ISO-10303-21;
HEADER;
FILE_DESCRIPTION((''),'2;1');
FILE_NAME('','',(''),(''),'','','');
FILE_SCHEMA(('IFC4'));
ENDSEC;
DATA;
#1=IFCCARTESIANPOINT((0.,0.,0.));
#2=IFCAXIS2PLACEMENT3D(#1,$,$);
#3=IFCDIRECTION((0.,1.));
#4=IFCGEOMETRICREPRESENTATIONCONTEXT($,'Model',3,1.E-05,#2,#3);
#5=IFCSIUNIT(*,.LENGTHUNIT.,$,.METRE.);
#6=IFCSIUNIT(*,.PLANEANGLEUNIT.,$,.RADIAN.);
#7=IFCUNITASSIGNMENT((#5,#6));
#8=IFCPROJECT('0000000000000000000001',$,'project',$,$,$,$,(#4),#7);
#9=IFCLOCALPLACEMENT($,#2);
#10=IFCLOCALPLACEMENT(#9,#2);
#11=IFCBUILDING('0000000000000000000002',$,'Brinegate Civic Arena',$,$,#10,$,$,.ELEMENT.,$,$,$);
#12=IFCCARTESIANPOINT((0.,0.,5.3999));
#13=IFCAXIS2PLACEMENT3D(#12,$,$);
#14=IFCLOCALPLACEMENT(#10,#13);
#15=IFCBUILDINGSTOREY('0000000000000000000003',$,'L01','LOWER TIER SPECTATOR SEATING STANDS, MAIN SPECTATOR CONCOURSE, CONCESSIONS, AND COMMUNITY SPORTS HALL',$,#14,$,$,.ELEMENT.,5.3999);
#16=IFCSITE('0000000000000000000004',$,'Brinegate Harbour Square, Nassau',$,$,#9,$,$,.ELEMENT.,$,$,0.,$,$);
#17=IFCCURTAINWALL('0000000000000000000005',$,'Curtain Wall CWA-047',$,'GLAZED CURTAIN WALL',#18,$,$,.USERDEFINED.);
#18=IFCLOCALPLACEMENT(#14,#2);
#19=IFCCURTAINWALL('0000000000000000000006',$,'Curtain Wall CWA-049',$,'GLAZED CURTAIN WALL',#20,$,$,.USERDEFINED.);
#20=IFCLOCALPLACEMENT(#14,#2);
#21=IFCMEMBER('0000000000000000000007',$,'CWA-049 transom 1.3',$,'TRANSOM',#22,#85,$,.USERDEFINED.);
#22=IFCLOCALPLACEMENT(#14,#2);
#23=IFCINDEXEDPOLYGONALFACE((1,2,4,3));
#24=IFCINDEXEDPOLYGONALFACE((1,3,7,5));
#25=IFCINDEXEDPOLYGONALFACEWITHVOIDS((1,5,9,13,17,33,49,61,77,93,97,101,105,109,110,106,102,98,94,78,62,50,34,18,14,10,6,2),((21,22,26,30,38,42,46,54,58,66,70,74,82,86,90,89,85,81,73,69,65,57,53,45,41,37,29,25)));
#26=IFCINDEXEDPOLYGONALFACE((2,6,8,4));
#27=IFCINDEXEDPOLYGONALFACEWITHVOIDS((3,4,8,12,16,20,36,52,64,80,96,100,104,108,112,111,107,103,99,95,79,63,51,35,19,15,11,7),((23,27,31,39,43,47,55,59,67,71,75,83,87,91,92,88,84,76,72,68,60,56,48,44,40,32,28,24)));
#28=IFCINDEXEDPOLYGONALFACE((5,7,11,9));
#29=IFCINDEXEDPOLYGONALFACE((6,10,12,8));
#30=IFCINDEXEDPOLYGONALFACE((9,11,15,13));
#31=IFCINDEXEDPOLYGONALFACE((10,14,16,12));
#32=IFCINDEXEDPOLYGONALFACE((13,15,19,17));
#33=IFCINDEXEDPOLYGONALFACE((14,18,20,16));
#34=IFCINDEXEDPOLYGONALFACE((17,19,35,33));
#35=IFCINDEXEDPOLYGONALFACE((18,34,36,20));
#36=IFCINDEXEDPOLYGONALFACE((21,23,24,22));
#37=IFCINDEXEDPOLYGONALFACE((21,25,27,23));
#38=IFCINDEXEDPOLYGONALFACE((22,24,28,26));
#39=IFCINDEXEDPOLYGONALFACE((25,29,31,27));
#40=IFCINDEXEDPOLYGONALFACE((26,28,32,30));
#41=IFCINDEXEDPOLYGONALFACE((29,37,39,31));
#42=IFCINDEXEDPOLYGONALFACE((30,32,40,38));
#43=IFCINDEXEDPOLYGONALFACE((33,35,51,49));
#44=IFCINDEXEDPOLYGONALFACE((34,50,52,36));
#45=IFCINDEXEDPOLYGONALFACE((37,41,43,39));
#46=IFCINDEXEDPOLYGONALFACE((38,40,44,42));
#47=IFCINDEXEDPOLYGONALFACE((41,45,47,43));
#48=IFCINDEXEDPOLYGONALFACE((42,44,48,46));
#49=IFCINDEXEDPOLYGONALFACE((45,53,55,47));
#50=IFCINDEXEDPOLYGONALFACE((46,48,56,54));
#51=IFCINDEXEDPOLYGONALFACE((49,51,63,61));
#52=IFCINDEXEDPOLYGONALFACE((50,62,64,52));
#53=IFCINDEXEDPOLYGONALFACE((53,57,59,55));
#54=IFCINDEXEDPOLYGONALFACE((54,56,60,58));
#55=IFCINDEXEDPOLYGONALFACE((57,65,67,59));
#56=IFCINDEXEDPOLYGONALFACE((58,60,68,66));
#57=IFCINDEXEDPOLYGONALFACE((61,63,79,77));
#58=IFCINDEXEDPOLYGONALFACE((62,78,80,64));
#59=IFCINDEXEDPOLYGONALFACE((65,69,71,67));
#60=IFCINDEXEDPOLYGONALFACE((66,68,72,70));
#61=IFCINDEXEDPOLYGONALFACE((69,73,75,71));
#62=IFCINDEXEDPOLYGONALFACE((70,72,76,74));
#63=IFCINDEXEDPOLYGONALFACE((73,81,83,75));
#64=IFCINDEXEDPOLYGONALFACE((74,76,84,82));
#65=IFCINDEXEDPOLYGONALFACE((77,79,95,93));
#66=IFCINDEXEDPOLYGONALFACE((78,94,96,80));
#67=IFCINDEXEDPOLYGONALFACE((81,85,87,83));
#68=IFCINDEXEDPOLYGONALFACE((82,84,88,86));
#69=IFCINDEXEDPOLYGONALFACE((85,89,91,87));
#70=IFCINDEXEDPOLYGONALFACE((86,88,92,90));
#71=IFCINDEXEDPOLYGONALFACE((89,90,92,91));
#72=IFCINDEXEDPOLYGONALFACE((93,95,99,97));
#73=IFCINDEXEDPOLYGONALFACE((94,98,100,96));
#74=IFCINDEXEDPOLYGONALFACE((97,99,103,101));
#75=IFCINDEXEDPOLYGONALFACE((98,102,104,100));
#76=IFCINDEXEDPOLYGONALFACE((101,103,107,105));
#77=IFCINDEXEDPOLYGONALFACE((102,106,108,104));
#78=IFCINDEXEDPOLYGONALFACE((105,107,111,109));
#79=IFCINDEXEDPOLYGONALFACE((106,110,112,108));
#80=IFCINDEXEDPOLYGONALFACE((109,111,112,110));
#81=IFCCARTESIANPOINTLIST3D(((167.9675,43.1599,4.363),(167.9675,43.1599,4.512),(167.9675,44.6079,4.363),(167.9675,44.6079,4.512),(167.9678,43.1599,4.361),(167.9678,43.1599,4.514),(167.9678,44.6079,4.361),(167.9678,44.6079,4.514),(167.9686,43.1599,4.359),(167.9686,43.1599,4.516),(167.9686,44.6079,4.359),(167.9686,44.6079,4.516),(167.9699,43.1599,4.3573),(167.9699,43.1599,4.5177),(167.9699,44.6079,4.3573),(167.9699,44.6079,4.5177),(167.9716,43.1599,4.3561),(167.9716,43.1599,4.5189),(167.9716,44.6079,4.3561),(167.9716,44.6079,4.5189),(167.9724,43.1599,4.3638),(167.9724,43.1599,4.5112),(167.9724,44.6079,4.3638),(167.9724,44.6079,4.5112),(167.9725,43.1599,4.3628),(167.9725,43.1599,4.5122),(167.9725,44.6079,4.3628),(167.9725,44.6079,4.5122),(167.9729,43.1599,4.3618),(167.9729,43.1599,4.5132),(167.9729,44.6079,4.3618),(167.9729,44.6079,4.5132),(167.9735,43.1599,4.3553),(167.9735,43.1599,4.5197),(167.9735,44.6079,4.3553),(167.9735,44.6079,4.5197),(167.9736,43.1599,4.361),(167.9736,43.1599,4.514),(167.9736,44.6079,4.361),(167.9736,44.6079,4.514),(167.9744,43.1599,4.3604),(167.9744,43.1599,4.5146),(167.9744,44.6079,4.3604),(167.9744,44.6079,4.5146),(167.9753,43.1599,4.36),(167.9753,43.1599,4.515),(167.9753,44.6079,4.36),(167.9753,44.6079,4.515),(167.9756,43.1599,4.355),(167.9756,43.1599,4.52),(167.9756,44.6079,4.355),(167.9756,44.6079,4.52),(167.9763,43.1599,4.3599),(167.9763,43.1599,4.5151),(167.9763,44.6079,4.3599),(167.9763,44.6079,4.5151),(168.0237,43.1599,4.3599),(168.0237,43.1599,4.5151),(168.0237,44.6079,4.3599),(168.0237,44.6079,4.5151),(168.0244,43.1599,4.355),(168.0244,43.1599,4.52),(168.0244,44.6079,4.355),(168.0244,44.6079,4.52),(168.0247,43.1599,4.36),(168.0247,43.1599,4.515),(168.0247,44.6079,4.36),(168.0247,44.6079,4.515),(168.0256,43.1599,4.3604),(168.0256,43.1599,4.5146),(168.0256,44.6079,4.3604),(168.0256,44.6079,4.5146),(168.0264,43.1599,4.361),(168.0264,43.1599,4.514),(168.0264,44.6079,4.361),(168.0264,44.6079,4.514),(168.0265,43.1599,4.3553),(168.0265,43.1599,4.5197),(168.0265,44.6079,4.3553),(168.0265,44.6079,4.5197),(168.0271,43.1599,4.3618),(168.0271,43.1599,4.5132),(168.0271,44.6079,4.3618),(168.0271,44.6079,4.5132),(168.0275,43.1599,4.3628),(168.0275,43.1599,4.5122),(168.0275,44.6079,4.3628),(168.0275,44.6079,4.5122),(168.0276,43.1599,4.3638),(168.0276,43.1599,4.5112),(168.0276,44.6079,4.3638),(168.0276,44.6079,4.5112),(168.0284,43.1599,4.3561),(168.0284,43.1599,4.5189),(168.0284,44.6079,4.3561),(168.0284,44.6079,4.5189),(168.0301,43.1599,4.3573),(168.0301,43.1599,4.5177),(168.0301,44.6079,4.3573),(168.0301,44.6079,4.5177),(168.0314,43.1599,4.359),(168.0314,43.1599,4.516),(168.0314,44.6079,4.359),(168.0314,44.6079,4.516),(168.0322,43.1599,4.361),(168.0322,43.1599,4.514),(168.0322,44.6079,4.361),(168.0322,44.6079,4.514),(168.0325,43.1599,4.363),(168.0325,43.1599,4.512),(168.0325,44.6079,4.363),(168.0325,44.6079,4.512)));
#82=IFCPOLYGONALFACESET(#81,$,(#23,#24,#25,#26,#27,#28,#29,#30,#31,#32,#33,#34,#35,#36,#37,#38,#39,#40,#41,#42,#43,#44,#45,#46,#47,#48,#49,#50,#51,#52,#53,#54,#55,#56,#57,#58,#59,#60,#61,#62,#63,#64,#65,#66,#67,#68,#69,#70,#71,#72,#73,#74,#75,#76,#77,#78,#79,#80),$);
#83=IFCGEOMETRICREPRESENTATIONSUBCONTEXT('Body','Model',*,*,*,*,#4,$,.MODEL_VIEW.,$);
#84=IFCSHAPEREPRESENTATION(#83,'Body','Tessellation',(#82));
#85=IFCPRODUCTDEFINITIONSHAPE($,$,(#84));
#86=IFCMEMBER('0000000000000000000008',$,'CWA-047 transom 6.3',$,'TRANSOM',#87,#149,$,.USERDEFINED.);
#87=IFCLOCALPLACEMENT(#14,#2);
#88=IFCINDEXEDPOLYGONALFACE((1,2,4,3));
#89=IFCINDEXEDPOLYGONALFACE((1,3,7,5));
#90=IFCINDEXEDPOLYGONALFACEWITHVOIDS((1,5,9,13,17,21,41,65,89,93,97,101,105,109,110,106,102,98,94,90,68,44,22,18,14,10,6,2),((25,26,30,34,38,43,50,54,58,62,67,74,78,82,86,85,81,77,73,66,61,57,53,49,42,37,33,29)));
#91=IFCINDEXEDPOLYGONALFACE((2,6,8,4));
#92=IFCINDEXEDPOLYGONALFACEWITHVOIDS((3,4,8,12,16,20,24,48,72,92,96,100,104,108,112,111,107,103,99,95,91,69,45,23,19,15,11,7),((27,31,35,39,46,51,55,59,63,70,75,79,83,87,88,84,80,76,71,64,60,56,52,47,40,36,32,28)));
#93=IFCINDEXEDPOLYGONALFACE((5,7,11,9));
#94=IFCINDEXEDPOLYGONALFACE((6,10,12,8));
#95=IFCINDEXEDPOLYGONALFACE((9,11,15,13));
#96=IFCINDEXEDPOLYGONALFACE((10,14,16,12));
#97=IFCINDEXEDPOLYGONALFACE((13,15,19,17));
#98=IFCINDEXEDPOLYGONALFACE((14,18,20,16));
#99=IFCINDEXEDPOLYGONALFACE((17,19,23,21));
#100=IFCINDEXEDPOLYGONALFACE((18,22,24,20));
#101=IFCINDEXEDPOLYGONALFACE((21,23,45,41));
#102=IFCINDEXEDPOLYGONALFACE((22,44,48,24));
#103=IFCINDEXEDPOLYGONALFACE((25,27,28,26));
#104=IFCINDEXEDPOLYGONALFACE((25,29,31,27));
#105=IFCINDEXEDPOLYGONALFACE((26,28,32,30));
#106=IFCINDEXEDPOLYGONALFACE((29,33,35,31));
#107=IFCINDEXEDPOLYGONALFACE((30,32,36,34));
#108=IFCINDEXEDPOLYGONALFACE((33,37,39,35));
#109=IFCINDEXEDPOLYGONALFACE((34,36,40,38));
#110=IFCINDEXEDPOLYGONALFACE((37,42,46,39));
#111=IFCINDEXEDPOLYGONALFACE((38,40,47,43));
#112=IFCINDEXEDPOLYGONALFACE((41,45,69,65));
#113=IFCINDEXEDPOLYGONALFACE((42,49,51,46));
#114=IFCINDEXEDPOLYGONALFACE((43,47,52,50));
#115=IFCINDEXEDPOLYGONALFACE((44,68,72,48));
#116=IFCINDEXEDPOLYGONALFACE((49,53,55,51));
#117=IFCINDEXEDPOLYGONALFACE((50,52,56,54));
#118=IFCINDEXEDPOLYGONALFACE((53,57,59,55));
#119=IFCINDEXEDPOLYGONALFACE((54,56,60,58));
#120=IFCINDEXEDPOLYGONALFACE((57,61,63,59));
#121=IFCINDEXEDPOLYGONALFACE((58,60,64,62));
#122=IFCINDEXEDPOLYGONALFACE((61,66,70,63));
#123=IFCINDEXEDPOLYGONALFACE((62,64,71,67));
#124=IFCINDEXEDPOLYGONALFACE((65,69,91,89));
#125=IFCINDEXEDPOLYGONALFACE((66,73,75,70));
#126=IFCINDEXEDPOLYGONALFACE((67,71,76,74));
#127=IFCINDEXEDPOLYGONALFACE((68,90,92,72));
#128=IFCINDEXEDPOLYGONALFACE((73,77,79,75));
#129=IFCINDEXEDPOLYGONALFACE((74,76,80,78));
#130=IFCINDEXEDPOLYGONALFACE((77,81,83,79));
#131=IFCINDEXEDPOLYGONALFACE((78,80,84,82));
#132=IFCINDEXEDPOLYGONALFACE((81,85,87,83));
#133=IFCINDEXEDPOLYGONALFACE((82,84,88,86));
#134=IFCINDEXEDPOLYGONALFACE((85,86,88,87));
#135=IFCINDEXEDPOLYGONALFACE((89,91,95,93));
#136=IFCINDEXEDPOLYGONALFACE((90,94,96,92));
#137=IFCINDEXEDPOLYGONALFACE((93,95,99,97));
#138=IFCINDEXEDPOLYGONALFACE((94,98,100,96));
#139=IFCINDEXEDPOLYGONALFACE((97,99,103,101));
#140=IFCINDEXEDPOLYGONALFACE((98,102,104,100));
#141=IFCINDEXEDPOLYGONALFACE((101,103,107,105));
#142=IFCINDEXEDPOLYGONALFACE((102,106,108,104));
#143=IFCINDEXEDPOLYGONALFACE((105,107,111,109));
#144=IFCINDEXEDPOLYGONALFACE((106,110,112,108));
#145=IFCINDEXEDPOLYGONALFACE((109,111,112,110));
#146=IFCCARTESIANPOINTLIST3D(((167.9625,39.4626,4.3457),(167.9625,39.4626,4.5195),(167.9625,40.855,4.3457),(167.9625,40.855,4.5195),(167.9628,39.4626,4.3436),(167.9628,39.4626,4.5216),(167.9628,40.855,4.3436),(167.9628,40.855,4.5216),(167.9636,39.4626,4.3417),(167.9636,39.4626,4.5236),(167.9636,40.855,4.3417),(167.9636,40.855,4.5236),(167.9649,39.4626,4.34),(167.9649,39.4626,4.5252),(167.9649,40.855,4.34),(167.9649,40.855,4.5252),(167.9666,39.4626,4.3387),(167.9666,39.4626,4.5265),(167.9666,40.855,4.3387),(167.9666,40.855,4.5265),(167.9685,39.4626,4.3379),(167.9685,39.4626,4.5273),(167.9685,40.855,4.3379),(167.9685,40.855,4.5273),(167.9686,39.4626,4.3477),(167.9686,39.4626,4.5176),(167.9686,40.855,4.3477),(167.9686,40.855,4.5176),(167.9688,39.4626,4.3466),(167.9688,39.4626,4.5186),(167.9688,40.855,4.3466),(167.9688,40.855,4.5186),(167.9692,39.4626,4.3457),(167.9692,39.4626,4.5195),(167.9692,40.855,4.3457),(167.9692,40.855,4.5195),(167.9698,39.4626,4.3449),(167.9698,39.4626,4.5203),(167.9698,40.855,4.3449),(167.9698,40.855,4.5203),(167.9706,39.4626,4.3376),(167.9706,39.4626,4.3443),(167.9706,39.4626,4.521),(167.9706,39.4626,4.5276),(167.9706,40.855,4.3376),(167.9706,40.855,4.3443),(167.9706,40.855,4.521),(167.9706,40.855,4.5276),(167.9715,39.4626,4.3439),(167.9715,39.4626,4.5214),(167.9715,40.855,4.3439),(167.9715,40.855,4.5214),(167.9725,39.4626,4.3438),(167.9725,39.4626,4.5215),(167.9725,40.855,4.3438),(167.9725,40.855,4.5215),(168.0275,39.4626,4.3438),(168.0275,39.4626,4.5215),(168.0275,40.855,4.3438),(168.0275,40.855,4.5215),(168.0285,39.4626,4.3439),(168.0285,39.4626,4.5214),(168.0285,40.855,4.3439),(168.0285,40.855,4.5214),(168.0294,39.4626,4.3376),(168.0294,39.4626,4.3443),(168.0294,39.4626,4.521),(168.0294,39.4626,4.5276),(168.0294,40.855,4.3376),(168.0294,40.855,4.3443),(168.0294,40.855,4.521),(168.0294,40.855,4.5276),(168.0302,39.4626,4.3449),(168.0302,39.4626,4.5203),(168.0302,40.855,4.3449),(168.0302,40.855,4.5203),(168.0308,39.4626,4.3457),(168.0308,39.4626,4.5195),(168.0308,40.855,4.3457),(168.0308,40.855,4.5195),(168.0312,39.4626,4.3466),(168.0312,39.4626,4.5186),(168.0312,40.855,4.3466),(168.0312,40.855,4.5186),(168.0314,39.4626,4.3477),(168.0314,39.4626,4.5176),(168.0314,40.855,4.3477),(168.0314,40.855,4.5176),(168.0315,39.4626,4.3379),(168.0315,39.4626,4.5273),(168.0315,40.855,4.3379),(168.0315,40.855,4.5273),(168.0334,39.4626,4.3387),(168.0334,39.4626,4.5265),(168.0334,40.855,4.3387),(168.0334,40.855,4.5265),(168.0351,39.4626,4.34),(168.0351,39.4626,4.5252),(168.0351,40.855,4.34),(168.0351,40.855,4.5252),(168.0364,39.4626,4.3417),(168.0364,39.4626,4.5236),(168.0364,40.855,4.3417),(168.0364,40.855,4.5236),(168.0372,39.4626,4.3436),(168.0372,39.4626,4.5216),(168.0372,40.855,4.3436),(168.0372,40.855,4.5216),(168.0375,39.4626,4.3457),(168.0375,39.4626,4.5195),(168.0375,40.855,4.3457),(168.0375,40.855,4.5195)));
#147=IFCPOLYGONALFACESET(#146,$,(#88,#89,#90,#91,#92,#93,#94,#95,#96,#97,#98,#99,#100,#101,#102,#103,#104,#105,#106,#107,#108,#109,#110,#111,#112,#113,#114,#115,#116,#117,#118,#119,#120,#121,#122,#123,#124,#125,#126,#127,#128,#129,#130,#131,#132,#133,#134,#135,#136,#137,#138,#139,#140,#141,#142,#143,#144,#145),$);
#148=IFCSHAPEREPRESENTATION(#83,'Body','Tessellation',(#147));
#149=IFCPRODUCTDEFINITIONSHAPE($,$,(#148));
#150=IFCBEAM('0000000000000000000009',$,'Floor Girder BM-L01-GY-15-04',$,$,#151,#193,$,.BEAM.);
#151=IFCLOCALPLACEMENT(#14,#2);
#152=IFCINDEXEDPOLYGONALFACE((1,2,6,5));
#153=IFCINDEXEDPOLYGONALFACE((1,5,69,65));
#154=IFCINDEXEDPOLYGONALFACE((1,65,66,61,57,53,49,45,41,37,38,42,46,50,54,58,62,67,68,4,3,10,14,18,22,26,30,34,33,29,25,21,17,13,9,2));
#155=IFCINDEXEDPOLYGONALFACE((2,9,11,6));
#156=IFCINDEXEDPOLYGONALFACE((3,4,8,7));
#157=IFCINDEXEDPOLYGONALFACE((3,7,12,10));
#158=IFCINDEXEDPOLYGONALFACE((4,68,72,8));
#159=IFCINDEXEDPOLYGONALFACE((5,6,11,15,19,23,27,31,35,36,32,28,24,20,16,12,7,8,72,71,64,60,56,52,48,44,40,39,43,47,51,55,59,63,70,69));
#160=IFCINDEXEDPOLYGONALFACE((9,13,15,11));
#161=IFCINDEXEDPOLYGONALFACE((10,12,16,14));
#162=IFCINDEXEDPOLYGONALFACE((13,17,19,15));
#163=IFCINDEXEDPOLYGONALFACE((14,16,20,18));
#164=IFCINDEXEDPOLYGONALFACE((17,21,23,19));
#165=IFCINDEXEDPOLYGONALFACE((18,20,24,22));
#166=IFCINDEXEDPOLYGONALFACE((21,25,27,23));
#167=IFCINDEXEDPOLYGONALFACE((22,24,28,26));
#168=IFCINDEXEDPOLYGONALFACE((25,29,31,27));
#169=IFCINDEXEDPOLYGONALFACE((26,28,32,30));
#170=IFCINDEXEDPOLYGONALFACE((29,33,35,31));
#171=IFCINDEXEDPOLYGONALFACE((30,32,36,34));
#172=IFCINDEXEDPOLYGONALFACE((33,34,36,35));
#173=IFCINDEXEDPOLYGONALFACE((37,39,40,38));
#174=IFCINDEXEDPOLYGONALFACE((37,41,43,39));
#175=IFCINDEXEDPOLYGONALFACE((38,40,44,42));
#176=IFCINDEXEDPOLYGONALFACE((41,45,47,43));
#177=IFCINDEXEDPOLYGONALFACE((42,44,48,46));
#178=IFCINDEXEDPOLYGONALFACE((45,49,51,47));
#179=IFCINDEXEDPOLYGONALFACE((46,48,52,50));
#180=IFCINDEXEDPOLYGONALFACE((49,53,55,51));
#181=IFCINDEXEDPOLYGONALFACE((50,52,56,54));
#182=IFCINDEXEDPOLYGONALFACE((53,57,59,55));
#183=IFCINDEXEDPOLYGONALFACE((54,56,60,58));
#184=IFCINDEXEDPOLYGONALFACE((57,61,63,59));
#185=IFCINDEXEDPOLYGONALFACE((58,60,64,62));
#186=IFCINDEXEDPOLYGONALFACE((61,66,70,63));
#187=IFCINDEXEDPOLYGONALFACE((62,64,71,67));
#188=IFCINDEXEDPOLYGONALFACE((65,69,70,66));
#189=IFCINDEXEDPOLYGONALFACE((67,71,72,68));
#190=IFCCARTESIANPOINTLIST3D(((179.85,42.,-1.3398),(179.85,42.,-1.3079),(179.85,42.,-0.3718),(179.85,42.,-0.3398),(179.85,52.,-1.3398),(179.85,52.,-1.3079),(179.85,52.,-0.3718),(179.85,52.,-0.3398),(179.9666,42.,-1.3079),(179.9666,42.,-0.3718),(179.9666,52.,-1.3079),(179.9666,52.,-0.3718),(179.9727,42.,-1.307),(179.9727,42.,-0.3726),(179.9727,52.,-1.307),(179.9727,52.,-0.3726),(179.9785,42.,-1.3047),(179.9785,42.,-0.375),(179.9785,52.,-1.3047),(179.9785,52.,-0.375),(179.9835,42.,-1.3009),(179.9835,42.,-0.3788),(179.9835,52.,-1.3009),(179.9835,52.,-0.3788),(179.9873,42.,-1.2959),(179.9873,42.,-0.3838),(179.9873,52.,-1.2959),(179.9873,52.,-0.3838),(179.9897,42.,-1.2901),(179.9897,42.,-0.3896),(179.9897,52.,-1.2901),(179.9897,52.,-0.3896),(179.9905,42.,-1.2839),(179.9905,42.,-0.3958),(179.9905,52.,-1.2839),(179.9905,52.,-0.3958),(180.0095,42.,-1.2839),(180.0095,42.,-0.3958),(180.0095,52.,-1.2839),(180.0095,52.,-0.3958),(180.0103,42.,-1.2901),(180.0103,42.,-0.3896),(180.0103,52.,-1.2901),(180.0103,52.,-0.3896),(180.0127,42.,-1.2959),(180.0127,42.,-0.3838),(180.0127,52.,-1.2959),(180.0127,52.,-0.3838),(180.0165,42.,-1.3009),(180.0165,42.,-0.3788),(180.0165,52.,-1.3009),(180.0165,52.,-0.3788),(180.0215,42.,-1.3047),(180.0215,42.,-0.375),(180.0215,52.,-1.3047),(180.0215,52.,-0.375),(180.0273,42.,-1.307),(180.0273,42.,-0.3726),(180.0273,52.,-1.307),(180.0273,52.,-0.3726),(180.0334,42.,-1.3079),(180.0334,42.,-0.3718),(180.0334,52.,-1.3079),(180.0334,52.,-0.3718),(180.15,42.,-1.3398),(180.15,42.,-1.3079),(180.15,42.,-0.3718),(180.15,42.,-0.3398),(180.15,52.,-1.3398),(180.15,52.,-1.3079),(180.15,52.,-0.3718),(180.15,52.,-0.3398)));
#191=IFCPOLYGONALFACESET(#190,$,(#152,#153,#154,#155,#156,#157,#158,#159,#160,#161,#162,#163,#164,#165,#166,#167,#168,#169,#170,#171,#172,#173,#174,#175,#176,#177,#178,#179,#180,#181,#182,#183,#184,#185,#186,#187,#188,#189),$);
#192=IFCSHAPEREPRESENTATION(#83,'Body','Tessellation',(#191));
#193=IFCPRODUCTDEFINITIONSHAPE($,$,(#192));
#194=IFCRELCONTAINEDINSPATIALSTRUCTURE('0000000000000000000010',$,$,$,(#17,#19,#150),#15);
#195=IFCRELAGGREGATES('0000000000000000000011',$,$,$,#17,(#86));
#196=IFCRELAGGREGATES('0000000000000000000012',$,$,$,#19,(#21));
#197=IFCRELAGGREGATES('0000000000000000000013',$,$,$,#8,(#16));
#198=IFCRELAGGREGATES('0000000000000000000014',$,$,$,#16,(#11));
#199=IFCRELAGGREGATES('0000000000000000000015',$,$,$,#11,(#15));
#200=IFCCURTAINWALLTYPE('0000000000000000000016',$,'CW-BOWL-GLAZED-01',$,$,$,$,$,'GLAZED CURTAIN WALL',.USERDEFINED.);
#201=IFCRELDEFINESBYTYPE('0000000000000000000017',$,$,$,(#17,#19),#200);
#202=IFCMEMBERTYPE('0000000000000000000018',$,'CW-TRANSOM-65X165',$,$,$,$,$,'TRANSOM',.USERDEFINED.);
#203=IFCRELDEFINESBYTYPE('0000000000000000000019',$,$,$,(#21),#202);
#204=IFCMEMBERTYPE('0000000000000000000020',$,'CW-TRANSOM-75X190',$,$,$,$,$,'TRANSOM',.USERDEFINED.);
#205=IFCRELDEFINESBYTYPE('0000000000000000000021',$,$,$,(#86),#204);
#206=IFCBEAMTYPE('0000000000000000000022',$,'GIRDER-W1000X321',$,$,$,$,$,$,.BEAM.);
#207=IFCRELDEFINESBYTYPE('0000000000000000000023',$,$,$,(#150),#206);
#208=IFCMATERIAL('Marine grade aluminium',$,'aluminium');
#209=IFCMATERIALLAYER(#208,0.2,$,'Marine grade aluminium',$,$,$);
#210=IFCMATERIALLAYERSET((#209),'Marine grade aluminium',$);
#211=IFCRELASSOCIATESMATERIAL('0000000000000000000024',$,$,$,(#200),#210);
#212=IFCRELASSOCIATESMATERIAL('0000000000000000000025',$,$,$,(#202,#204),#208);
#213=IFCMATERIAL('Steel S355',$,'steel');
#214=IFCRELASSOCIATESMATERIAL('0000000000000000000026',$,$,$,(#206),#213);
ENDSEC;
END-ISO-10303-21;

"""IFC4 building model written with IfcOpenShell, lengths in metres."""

from ifc_helpers import new_model, si_unit, direction, frame, origin, origin_2d, place, context, subcontext, project, spatial, hollow_rectangle, i_section, extrude, material, layer, layer_set, material_profile, profile_set, type_object, element, aggregate, save


model = new_model("IFC4")

# Units and contexts
model_context = context("Model", 3, precision=1e-05, world=origin(), true_north=direction((0.0, 1.0)))
body_context = subcontext(model_context, "Body", "Model", "MODEL_VIEW")
ifc_project = project(units=[si_unit("LENGTHUNIT", "METRE"), si_unit("PLANEANGLEUNIT", "RADIAN")], contexts=[model_context])

# Site, building, storey
site_placement = place(None, origin())
site = spatial("IfcSite", under=ifc_project, at=site_placement, Name="Brinegate Harbour Square, Nassau", CompositionType="ELEMENT", RefElevation=0.0)
building_placement = place(site_placement, origin())
building = spatial("IfcBuilding", under=site, at=building_placement, Name="Brinegate Civic Arena", CompositionType="ELEMENT")
storey_placement = place(building_placement, frame((0.0, 0.0, 5.3999)))
storey = spatial("IfcBuildingStorey", under=building, at=storey_placement, Name="L01", Description="LOWER TIER SPECTATOR SEATING STANDS, MAIN SPECTATOR CONCOURSE, CONCESSIONS, AND COMMUNITY SPORTS HALL", CompositionType="ELEMENT", Elevation=5.3999)

# Curtain wall
ifc_material_1 = material(Name="Marine grade aluminium", Category="aluminium")
ifc_layer_1 = layer(ifc_material_1, 0.2, Name="Marine grade aluminium")
ifc_layer_set_1 = layer_set([ifc_layer_1], Name="Marine grade aluminium")
curtain_wall_type = type_object("IfcCurtainWallType", Name="CW-BOWL-GLAZED-01", ElementType="GLAZED CURTAIN WALL", PredefinedType="USERDEFINED", material=ifc_layer_set_1)
curtain_wall_1_placement = place(storey_placement, origin())
curtain_wall_1 = element("IfcCurtainWall", 1, at=curtain_wall_1_placement, inside=storey, type_object=curtain_wall_type, Name="Curtain Wall CWA-047", ObjectType="GLAZED CURTAIN WALL", PredefinedType="USERDEFINED")

# Curtain wall, member
curtain_wall_2_placement = place(storey_placement, origin())
curtain_wall_2 = element("IfcCurtainWall", 2, at=curtain_wall_2_placement, inside=storey, type_object=curtain_wall_type, Name="Curtain Wall CWA-049", ObjectType="GLAZED CURTAIN WALL", PredefinedType="USERDEFINED")
ifc_material_profile_1 = material_profile(ifc_material_1, hollow_rectangle(XDim=0.0649, YDim=0.165, WallThickness=0.0049, InnerFilletRadius=0.0039, OuterFilletRadius=0.0081, at=origin_2d()), Name="TRN65X165")
ifc_profile_set_1 = profile_set([ifc_material_profile_1], Name="Marine grade aluminium")
member_type_1 = type_object("IfcMemberType", Name="CW-TRANSOM-65X165", ElementType="TRANSOM", PredefinedType="USERDEFINED", material=ifc_profile_set_1)
member_1_placement = place(storey_placement, frame((168.0, 43.1599, 4.4375), z_axis=(0.0, 1.0, 0.0), x_axis=(-1.0, 0.0, 0.0)))
member_1 = element("IfcMember", 3, at=member_1_placement, type_object=member_type_1, Name="CWA-049 transom 1.3", ObjectType="TRANSOM", PredefinedType="USERDEFINED", context=body_context, shape_type="SweptSolid", body=[
    extrude(hollow_rectangle(XDim=0.0649, YDim=0.165, WallThickness=0.0049, InnerFilletRadius=0.0039, OuterFilletRadius=0.0081, at=origin_2d()), origin(), (0.0, 0.0, 1.0), 1.448),
])

# Member
ifc_material_profile_2 = material_profile(ifc_material_1, hollow_rectangle(XDim=0.075, YDim=0.1899, WallThickness=0.0061, InnerFilletRadius=0.0039, OuterFilletRadius=0.0081, at=origin_2d()), Name="TRN75X190")
ifc_profile_set_2 = profile_set([ifc_material_profile_2], Name="Marine grade aluminium")
member_type_2 = type_object("IfcMemberType", Name="CW-TRANSOM-75X190", ElementType="TRANSOM", PredefinedType="USERDEFINED", material=ifc_profile_set_2)
member_2_placement = place(storey_placement, frame((168.0, 39.4626, 4.4326), z_axis=(0.0, 1.0, 0.0), x_axis=(-1.0, 0.0, 0.0)))
member_2 = element("IfcMember", 4, at=member_2_placement, type_object=member_type_2, Name="CWA-047 transom 6.3", ObjectType="TRANSOM", PredefinedType="USERDEFINED", context=body_context, shape_type="SweptSolid", body=[
    extrude(hollow_rectangle(XDim=0.075, YDim=0.1899, WallThickness=0.0061, InnerFilletRadius=0.0039, OuterFilletRadius=0.0081, at=origin_2d()), origin(), (0.0, 0.0, 1.0), 1.3923),
])

# Beam
ifc_material_2 = material(Name="Steel S355", Category="steel")
ifc_material_profile_3 = material_profile(ifc_material_2, i_section(OverallWidth=0.3, OverallDepth=1.0, WebThickness=0.019, FlangeThickness=0.032, FilletRadius=0.0239, at=origin_2d()), Name="W1000X321")
ifc_profile_set_3 = profile_set([ifc_material_profile_3], Name="Steel S355")
beam_type_1 = type_object("IfcBeamType", Name="GIRDER-W1000X321", PredefinedType="BEAM", material=ifc_profile_set_3)
beam_1_placement = place(storey_placement, frame((180.0, 42.0, -0.8398), z_axis=(0.0, 1.0, 0.0), x_axis=(-1.0, 0.0, 0.0)))
element("IfcBeam", 5, at=beam_1_placement, inside=storey, type_object=beam_type_1, Name="Floor Girder BM-L01-GY-15-04", PredefinedType="BEAM", context=body_context, shape_type="SweptSolid", body=[
    extrude(i_section(OverallWidth=0.3, OverallDepth=1.0, WebThickness=0.019, FlangeThickness=0.032, FilletRadius=0.0239, at=origin_2d()), origin(), (0.0, 0.0, 1.0), 10.0),
])

aggregate(curtain_wall_1, [member_2])
aggregate(curtain_wall_2, [member_1])

save(model, "model.ifc")
